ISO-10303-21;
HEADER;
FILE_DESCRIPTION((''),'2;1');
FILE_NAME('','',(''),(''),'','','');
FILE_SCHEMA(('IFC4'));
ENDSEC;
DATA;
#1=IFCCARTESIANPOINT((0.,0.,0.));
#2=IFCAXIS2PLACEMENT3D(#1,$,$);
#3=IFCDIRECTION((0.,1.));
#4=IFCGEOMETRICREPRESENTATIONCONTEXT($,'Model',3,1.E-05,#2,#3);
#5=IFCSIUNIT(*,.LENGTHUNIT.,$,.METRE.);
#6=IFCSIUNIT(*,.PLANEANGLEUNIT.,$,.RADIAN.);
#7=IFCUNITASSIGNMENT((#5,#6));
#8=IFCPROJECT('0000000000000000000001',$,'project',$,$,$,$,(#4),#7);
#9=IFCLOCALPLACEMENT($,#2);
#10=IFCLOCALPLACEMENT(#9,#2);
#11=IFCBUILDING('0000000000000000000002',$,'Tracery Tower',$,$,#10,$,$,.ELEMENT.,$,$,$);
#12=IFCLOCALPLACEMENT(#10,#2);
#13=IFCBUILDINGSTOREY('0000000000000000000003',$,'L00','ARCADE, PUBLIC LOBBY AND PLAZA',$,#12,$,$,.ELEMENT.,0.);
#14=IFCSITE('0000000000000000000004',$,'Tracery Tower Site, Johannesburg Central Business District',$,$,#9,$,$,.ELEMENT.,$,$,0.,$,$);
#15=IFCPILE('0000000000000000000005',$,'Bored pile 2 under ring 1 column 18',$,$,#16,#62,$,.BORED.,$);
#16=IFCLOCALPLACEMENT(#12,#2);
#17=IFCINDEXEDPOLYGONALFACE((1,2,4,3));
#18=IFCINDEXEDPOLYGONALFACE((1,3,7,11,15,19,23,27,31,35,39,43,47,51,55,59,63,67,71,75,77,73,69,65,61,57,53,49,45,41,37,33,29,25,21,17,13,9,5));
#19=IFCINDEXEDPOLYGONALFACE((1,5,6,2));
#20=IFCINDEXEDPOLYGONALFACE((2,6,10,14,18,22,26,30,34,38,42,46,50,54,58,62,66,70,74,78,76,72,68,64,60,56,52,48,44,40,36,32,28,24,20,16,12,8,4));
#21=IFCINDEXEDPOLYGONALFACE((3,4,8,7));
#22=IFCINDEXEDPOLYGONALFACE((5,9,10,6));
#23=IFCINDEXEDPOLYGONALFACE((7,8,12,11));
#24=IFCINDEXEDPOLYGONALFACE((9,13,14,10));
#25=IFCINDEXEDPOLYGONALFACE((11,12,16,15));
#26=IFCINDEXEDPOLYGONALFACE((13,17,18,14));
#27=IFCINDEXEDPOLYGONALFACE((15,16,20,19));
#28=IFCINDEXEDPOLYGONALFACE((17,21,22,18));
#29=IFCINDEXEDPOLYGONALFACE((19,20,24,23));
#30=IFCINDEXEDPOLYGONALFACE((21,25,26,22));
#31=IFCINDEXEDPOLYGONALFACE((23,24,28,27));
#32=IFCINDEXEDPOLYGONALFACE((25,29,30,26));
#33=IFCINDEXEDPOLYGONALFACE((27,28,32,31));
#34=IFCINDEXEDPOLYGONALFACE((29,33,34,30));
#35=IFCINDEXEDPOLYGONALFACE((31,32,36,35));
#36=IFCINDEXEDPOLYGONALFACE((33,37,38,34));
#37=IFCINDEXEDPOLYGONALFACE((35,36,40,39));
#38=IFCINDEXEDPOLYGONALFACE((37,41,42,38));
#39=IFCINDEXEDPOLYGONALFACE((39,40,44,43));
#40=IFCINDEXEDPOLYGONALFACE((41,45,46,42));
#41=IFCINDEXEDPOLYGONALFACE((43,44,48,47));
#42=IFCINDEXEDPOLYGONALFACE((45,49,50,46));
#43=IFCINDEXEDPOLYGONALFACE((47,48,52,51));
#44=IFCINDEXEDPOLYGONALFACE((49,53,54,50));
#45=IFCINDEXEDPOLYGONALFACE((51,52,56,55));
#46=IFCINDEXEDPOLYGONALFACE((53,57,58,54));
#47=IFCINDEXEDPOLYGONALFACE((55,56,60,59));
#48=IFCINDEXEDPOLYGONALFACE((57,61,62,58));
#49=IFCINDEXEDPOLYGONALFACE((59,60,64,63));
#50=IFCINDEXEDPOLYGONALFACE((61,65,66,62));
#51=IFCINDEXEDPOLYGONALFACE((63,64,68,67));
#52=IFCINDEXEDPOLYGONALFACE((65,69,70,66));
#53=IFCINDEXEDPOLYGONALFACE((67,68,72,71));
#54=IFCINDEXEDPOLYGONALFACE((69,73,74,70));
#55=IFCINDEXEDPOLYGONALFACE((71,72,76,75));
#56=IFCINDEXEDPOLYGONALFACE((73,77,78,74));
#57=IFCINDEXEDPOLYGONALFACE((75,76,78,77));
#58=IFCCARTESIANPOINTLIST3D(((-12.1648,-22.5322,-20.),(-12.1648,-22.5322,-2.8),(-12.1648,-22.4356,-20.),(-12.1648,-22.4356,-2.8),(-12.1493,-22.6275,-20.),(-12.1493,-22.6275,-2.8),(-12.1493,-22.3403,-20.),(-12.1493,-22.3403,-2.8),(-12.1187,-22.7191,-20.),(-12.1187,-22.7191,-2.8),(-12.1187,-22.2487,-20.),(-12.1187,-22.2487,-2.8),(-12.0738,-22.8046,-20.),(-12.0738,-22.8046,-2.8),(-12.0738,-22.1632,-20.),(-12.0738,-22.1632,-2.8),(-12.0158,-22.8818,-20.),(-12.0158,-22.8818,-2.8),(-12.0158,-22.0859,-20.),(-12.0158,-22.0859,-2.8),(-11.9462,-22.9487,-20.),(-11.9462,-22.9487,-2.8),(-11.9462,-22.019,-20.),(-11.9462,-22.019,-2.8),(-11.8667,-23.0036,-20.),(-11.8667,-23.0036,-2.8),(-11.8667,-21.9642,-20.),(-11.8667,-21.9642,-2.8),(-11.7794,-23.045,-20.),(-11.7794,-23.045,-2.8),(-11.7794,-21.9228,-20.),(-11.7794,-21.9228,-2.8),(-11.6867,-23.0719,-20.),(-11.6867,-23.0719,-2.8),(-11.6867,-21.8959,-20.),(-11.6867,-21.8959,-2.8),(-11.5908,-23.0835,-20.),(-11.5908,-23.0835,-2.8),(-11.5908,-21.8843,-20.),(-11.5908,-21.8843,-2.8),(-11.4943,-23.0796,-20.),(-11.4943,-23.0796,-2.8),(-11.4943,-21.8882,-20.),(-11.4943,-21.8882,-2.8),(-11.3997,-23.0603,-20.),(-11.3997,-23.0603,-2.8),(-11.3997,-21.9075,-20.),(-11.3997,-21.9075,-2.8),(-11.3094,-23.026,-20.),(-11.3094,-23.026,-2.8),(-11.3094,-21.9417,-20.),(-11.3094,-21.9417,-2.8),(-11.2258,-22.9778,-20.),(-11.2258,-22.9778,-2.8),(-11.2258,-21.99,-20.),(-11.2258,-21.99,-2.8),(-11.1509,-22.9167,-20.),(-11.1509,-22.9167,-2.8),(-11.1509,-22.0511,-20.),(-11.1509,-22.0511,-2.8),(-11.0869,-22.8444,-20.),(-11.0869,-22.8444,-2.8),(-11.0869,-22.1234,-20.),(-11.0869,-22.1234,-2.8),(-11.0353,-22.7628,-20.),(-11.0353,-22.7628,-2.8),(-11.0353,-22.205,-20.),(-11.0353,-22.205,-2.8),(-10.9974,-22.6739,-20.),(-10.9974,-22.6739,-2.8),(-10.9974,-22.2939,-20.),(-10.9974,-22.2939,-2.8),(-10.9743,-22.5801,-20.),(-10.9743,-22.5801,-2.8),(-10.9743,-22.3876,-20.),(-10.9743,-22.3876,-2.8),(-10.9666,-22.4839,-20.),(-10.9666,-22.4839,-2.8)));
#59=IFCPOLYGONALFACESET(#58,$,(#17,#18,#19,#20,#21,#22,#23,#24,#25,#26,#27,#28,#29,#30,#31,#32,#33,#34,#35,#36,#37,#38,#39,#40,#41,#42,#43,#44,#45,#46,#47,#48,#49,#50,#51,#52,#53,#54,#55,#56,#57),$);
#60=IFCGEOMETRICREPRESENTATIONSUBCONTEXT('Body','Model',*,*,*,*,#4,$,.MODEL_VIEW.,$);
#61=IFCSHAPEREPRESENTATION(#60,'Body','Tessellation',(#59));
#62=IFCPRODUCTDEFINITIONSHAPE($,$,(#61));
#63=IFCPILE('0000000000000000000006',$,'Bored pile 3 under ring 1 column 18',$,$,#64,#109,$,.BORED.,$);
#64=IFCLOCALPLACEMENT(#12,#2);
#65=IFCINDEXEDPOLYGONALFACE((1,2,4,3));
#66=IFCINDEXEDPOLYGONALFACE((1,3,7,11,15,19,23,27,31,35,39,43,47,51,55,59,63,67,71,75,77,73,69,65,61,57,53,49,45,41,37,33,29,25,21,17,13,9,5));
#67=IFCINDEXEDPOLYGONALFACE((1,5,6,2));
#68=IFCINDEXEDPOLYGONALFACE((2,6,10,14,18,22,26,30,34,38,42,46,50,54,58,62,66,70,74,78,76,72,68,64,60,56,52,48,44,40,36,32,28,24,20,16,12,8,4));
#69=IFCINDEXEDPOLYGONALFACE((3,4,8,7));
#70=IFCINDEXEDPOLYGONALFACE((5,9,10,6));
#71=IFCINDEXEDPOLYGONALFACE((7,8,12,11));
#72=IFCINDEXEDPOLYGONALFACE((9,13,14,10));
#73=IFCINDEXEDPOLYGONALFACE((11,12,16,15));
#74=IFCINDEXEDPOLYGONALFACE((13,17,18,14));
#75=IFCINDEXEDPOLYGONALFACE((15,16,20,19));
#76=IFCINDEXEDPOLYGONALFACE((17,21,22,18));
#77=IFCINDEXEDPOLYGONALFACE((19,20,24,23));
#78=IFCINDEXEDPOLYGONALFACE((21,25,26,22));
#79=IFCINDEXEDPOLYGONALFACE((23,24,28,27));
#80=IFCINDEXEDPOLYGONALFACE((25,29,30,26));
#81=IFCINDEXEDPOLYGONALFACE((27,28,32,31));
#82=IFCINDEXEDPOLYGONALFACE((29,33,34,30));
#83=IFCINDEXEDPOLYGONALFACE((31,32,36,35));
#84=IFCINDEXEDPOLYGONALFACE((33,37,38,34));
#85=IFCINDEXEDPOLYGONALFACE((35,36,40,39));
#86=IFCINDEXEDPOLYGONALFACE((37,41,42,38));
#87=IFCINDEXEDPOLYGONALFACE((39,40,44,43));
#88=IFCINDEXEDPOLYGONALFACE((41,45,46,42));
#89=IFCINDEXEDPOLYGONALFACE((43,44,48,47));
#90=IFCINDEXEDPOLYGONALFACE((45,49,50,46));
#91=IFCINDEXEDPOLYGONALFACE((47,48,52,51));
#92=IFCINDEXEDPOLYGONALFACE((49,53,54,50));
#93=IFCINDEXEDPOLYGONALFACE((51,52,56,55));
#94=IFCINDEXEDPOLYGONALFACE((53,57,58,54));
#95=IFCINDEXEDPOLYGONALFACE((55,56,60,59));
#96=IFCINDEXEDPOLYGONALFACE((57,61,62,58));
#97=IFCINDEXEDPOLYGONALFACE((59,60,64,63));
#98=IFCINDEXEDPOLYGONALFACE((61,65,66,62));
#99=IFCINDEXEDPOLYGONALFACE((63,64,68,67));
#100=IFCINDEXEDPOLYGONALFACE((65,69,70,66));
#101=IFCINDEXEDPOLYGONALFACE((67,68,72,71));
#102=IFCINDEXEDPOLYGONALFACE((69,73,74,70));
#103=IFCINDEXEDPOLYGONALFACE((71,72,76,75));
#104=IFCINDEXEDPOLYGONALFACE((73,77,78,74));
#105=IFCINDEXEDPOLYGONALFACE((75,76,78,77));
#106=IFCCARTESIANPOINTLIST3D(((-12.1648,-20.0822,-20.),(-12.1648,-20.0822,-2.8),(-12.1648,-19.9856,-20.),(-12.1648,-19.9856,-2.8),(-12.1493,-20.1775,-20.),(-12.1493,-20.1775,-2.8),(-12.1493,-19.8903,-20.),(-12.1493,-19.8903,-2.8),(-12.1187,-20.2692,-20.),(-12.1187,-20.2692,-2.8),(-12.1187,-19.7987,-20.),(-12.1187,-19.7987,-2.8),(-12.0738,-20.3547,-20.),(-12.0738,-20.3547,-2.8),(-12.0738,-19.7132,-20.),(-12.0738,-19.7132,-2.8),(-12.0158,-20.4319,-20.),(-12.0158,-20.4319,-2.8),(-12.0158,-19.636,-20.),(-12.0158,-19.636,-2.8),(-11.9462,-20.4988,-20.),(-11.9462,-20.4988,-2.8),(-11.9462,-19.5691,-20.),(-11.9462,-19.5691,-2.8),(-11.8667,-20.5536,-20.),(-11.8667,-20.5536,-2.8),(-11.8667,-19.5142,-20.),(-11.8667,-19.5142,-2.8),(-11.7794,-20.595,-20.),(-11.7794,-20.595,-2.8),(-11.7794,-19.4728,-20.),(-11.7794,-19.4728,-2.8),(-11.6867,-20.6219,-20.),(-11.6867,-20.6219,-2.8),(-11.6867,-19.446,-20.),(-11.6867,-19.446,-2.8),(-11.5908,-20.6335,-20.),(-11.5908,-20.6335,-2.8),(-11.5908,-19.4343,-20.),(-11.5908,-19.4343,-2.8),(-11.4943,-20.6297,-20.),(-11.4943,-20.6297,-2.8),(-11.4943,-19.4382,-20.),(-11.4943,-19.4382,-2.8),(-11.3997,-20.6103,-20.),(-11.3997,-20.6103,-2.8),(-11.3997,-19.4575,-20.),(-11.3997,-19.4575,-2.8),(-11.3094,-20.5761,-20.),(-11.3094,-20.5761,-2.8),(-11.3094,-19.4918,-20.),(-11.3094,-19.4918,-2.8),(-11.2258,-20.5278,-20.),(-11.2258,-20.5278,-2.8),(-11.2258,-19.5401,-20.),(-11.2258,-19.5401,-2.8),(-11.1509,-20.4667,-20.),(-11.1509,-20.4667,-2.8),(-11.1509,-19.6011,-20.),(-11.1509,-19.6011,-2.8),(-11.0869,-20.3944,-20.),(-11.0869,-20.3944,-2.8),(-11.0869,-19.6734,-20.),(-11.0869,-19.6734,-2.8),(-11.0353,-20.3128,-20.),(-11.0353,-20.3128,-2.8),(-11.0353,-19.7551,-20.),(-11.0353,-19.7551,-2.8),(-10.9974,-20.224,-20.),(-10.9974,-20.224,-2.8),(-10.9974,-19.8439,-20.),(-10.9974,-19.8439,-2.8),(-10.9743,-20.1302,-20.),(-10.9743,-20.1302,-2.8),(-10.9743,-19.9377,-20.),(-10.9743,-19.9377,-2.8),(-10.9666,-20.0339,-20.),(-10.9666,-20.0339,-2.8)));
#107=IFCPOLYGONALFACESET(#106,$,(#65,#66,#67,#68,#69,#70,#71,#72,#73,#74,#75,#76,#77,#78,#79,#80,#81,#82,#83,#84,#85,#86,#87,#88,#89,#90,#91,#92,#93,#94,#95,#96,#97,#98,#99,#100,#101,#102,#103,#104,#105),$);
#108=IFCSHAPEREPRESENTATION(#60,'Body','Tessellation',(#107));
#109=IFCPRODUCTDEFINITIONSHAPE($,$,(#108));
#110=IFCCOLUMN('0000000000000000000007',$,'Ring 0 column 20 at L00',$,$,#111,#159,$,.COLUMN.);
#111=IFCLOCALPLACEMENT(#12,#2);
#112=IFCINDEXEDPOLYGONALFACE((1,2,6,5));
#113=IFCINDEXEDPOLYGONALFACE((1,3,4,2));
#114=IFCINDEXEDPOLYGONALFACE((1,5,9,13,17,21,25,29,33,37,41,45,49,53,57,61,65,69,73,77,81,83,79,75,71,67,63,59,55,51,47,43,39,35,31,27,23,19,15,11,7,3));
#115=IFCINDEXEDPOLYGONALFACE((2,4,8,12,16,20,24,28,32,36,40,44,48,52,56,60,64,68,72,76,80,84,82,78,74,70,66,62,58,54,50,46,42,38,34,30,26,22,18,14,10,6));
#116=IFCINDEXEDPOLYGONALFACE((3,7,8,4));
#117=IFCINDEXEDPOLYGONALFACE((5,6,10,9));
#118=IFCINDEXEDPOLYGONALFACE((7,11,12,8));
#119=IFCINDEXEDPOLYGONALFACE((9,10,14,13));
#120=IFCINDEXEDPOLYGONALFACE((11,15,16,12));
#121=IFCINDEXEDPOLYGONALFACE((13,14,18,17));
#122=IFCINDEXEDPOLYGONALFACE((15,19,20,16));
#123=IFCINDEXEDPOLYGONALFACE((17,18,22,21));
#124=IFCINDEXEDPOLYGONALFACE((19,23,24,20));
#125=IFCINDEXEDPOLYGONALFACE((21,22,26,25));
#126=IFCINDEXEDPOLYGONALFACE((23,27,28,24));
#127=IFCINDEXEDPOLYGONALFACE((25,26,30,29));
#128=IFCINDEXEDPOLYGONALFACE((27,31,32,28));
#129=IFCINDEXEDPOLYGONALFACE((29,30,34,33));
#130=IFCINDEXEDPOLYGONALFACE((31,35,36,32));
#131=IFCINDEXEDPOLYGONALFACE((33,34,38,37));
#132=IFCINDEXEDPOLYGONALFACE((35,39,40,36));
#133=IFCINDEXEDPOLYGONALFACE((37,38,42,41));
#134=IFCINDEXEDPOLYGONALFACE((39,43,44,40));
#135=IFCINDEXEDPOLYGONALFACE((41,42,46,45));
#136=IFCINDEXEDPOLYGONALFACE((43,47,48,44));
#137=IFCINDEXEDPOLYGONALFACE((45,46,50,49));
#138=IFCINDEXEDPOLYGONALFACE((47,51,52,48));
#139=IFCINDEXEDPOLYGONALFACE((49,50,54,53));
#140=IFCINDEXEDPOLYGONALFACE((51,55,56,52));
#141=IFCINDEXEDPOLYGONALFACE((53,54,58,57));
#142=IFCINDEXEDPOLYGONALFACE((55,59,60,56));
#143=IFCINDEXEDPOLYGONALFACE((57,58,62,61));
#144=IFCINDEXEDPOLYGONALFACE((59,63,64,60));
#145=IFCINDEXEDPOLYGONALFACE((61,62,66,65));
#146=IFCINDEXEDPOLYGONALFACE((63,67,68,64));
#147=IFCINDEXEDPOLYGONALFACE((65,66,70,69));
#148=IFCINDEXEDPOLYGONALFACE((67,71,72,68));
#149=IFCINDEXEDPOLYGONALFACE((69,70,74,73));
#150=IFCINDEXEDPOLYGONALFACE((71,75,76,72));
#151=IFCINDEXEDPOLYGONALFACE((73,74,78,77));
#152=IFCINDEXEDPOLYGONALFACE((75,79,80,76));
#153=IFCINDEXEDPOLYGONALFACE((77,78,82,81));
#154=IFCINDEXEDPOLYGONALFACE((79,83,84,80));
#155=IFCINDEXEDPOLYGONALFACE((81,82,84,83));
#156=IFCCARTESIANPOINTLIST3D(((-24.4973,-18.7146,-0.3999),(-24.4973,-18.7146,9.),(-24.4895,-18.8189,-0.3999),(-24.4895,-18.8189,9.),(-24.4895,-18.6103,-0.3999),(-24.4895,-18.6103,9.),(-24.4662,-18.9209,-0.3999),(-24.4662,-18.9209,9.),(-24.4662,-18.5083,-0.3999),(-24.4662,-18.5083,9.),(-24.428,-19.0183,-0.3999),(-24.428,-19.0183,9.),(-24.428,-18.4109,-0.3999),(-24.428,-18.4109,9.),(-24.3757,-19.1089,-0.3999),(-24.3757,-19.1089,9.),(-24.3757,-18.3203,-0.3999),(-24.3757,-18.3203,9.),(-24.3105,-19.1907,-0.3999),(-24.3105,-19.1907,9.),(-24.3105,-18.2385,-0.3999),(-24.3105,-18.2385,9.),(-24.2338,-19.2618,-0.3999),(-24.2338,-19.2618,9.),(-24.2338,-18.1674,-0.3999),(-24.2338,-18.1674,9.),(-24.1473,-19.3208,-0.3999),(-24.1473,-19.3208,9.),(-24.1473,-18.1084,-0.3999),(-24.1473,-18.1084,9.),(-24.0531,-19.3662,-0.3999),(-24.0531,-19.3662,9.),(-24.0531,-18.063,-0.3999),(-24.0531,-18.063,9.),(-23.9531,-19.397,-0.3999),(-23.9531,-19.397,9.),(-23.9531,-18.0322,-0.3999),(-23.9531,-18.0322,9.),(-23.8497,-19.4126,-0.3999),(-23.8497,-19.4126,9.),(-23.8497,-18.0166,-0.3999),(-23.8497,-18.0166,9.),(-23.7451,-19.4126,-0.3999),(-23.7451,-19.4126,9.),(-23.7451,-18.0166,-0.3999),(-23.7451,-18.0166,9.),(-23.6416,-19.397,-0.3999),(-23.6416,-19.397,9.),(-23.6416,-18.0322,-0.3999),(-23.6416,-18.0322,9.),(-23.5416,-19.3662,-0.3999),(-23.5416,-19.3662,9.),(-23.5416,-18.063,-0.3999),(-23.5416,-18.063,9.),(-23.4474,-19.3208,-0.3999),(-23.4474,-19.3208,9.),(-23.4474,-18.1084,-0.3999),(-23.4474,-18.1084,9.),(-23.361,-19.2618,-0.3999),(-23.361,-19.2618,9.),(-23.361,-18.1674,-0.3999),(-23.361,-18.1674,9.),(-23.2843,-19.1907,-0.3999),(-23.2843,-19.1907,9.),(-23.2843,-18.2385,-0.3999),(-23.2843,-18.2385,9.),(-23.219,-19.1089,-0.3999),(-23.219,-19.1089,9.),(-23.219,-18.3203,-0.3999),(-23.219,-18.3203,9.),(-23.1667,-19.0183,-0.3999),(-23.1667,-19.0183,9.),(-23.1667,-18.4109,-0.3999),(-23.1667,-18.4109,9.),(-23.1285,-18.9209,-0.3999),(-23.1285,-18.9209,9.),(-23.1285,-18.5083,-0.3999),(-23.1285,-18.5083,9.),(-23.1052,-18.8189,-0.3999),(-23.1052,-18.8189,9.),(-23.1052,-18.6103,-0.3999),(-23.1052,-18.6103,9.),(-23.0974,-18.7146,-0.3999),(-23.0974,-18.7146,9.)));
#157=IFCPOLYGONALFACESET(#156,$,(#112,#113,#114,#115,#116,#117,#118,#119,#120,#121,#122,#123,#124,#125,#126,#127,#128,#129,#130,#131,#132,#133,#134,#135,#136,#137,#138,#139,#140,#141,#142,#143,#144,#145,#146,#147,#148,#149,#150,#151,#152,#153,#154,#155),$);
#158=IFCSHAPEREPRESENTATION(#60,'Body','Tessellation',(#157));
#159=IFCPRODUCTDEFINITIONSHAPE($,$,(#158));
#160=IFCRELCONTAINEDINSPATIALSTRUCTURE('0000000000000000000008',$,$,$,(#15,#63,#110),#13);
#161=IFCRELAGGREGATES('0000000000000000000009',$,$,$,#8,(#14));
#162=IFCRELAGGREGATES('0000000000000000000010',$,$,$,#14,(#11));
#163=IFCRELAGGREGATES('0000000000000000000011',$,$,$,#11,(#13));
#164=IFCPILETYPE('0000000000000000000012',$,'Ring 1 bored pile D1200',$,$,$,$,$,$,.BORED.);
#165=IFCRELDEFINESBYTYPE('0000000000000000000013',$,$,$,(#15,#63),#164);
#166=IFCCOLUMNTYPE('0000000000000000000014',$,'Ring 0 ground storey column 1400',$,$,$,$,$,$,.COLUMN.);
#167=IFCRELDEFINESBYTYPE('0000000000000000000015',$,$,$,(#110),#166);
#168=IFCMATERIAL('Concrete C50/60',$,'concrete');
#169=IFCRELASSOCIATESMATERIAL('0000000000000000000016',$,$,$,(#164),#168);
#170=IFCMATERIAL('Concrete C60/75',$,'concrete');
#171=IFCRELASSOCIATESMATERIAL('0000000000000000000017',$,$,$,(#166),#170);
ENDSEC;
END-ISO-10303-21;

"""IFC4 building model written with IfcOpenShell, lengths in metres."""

from ifc_helpers import new_model, si_unit, direction, frame, origin, origin_2d, place, context, subcontext, project, spatial, circle, extrude, material, material_profile, profile_set, type_object, element, save


model = new_model("IFC4")

# Units and contexts
model_context = context("Model", 3, precision=1e-05, world=origin(), true_north=direction((0.0, 1.0)))
body_context = subcontext(model_context, "Body", "Model", "MODEL_VIEW")
ifc_project = project(units=[si_unit("LENGTHUNIT", "METRE"), si_unit("PLANEANGLEUNIT", "RADIAN")], contexts=[model_context])

# Site, building, storey
site_placement = place(None, origin())
site = spatial("IfcSite", under=ifc_project, at=site_placement, Name="Tracery Tower Site, Johannesburg Central Business District", CompositionType="ELEMENT", RefElevation=0.0)
building_placement = place(site_placement, origin())
building = spatial("IfcBuilding", under=site, at=building_placement, Name="Tracery Tower", CompositionType="ELEMENT")
storey_placement = place(building_placement, origin())
storey = spatial("IfcBuildingStorey", under=building, at=storey_placement, Name="L00", Description="ARCADE, PUBLIC LOBBY AND PLAZA", CompositionType="ELEMENT", Elevation=0.0)

# Piles
ifc_material_1 = material(Name="Concrete C50/60", Category="concrete")
ifc_material_profile_1 = material_profile(ifc_material_1, circle(Radius=0.6001, at=origin_2d()), Name="RC D1200")
ifc_profile_set_1 = profile_set([ifc_material_profile_1], Name="Concrete C50/60")
pile_type_1 = type_object("IfcPileType", Name="Ring 1 bored pile D1200", PredefinedType="BORED", material=ifc_profile_set_1)
for number, where, z_axis, x_axis, name in (
    (1, (-11.5667, -22.4839, -2.8), (0.0, 0.0, -1.0), (1.0, 0.0, 0.0), "Bored pile 2 under ring 1 column 18"),
    (2, (-11.5667, -20.0339, -2.8), (0.0, 0.0, -1.0), (1.0, 0.0, 0.0), "Bored pile 3 under ring 1 column 18"),
):
    element("IfcPile", number, at=place(storey_placement, frame(where, z_axis=z_axis, x_axis=x_axis)), inside=storey, type_object=pile_type_1, Name=name, PredefinedType="BORED", context=body_context, shape_type="SweptSolid", body=[
        extrude(circle(Radius=0.6001, at=origin_2d()), origin(), (0.0, 0.0, 1.0), 17.2),
    ])

# Column
ifc_material_2 = material(Name="Concrete C60/75", Category="concrete")
ifc_material_profile_2 = material_profile(ifc_material_2, circle(Radius=0.7, at=origin_2d()), Name="RC D1400")
ifc_profile_set_2 = profile_set([ifc_material_profile_2], Name="Concrete C60/75")
column_type_1 = type_object("IfcColumnType", Name="Ring 0 ground storey column 1400", PredefinedType="COLUMN", material=ifc_profile_set_2)
for number, where, z_axis, x_axis, name in (
    (3, (-23.7974, -18.7146, -0.3999), (0.0, 0.0, 1.0), (1.0, 0.0, 0.0), "Ring 0 column 20 at L00"),
):
    element("IfcColumn", number, at=place(storey_placement, frame(where, z_axis=z_axis, x_axis=x_axis)), inside=storey, type_object=column_type_1, Name=name, PredefinedType="COLUMN", context=body_context, shape_type="SweptSolid", body=[
        extrude(circle(Radius=0.7, at=origin_2d()), origin(), (0.0, 0.0, 1.0), 9.3999),
    ])

save(model, "model.ifc")
